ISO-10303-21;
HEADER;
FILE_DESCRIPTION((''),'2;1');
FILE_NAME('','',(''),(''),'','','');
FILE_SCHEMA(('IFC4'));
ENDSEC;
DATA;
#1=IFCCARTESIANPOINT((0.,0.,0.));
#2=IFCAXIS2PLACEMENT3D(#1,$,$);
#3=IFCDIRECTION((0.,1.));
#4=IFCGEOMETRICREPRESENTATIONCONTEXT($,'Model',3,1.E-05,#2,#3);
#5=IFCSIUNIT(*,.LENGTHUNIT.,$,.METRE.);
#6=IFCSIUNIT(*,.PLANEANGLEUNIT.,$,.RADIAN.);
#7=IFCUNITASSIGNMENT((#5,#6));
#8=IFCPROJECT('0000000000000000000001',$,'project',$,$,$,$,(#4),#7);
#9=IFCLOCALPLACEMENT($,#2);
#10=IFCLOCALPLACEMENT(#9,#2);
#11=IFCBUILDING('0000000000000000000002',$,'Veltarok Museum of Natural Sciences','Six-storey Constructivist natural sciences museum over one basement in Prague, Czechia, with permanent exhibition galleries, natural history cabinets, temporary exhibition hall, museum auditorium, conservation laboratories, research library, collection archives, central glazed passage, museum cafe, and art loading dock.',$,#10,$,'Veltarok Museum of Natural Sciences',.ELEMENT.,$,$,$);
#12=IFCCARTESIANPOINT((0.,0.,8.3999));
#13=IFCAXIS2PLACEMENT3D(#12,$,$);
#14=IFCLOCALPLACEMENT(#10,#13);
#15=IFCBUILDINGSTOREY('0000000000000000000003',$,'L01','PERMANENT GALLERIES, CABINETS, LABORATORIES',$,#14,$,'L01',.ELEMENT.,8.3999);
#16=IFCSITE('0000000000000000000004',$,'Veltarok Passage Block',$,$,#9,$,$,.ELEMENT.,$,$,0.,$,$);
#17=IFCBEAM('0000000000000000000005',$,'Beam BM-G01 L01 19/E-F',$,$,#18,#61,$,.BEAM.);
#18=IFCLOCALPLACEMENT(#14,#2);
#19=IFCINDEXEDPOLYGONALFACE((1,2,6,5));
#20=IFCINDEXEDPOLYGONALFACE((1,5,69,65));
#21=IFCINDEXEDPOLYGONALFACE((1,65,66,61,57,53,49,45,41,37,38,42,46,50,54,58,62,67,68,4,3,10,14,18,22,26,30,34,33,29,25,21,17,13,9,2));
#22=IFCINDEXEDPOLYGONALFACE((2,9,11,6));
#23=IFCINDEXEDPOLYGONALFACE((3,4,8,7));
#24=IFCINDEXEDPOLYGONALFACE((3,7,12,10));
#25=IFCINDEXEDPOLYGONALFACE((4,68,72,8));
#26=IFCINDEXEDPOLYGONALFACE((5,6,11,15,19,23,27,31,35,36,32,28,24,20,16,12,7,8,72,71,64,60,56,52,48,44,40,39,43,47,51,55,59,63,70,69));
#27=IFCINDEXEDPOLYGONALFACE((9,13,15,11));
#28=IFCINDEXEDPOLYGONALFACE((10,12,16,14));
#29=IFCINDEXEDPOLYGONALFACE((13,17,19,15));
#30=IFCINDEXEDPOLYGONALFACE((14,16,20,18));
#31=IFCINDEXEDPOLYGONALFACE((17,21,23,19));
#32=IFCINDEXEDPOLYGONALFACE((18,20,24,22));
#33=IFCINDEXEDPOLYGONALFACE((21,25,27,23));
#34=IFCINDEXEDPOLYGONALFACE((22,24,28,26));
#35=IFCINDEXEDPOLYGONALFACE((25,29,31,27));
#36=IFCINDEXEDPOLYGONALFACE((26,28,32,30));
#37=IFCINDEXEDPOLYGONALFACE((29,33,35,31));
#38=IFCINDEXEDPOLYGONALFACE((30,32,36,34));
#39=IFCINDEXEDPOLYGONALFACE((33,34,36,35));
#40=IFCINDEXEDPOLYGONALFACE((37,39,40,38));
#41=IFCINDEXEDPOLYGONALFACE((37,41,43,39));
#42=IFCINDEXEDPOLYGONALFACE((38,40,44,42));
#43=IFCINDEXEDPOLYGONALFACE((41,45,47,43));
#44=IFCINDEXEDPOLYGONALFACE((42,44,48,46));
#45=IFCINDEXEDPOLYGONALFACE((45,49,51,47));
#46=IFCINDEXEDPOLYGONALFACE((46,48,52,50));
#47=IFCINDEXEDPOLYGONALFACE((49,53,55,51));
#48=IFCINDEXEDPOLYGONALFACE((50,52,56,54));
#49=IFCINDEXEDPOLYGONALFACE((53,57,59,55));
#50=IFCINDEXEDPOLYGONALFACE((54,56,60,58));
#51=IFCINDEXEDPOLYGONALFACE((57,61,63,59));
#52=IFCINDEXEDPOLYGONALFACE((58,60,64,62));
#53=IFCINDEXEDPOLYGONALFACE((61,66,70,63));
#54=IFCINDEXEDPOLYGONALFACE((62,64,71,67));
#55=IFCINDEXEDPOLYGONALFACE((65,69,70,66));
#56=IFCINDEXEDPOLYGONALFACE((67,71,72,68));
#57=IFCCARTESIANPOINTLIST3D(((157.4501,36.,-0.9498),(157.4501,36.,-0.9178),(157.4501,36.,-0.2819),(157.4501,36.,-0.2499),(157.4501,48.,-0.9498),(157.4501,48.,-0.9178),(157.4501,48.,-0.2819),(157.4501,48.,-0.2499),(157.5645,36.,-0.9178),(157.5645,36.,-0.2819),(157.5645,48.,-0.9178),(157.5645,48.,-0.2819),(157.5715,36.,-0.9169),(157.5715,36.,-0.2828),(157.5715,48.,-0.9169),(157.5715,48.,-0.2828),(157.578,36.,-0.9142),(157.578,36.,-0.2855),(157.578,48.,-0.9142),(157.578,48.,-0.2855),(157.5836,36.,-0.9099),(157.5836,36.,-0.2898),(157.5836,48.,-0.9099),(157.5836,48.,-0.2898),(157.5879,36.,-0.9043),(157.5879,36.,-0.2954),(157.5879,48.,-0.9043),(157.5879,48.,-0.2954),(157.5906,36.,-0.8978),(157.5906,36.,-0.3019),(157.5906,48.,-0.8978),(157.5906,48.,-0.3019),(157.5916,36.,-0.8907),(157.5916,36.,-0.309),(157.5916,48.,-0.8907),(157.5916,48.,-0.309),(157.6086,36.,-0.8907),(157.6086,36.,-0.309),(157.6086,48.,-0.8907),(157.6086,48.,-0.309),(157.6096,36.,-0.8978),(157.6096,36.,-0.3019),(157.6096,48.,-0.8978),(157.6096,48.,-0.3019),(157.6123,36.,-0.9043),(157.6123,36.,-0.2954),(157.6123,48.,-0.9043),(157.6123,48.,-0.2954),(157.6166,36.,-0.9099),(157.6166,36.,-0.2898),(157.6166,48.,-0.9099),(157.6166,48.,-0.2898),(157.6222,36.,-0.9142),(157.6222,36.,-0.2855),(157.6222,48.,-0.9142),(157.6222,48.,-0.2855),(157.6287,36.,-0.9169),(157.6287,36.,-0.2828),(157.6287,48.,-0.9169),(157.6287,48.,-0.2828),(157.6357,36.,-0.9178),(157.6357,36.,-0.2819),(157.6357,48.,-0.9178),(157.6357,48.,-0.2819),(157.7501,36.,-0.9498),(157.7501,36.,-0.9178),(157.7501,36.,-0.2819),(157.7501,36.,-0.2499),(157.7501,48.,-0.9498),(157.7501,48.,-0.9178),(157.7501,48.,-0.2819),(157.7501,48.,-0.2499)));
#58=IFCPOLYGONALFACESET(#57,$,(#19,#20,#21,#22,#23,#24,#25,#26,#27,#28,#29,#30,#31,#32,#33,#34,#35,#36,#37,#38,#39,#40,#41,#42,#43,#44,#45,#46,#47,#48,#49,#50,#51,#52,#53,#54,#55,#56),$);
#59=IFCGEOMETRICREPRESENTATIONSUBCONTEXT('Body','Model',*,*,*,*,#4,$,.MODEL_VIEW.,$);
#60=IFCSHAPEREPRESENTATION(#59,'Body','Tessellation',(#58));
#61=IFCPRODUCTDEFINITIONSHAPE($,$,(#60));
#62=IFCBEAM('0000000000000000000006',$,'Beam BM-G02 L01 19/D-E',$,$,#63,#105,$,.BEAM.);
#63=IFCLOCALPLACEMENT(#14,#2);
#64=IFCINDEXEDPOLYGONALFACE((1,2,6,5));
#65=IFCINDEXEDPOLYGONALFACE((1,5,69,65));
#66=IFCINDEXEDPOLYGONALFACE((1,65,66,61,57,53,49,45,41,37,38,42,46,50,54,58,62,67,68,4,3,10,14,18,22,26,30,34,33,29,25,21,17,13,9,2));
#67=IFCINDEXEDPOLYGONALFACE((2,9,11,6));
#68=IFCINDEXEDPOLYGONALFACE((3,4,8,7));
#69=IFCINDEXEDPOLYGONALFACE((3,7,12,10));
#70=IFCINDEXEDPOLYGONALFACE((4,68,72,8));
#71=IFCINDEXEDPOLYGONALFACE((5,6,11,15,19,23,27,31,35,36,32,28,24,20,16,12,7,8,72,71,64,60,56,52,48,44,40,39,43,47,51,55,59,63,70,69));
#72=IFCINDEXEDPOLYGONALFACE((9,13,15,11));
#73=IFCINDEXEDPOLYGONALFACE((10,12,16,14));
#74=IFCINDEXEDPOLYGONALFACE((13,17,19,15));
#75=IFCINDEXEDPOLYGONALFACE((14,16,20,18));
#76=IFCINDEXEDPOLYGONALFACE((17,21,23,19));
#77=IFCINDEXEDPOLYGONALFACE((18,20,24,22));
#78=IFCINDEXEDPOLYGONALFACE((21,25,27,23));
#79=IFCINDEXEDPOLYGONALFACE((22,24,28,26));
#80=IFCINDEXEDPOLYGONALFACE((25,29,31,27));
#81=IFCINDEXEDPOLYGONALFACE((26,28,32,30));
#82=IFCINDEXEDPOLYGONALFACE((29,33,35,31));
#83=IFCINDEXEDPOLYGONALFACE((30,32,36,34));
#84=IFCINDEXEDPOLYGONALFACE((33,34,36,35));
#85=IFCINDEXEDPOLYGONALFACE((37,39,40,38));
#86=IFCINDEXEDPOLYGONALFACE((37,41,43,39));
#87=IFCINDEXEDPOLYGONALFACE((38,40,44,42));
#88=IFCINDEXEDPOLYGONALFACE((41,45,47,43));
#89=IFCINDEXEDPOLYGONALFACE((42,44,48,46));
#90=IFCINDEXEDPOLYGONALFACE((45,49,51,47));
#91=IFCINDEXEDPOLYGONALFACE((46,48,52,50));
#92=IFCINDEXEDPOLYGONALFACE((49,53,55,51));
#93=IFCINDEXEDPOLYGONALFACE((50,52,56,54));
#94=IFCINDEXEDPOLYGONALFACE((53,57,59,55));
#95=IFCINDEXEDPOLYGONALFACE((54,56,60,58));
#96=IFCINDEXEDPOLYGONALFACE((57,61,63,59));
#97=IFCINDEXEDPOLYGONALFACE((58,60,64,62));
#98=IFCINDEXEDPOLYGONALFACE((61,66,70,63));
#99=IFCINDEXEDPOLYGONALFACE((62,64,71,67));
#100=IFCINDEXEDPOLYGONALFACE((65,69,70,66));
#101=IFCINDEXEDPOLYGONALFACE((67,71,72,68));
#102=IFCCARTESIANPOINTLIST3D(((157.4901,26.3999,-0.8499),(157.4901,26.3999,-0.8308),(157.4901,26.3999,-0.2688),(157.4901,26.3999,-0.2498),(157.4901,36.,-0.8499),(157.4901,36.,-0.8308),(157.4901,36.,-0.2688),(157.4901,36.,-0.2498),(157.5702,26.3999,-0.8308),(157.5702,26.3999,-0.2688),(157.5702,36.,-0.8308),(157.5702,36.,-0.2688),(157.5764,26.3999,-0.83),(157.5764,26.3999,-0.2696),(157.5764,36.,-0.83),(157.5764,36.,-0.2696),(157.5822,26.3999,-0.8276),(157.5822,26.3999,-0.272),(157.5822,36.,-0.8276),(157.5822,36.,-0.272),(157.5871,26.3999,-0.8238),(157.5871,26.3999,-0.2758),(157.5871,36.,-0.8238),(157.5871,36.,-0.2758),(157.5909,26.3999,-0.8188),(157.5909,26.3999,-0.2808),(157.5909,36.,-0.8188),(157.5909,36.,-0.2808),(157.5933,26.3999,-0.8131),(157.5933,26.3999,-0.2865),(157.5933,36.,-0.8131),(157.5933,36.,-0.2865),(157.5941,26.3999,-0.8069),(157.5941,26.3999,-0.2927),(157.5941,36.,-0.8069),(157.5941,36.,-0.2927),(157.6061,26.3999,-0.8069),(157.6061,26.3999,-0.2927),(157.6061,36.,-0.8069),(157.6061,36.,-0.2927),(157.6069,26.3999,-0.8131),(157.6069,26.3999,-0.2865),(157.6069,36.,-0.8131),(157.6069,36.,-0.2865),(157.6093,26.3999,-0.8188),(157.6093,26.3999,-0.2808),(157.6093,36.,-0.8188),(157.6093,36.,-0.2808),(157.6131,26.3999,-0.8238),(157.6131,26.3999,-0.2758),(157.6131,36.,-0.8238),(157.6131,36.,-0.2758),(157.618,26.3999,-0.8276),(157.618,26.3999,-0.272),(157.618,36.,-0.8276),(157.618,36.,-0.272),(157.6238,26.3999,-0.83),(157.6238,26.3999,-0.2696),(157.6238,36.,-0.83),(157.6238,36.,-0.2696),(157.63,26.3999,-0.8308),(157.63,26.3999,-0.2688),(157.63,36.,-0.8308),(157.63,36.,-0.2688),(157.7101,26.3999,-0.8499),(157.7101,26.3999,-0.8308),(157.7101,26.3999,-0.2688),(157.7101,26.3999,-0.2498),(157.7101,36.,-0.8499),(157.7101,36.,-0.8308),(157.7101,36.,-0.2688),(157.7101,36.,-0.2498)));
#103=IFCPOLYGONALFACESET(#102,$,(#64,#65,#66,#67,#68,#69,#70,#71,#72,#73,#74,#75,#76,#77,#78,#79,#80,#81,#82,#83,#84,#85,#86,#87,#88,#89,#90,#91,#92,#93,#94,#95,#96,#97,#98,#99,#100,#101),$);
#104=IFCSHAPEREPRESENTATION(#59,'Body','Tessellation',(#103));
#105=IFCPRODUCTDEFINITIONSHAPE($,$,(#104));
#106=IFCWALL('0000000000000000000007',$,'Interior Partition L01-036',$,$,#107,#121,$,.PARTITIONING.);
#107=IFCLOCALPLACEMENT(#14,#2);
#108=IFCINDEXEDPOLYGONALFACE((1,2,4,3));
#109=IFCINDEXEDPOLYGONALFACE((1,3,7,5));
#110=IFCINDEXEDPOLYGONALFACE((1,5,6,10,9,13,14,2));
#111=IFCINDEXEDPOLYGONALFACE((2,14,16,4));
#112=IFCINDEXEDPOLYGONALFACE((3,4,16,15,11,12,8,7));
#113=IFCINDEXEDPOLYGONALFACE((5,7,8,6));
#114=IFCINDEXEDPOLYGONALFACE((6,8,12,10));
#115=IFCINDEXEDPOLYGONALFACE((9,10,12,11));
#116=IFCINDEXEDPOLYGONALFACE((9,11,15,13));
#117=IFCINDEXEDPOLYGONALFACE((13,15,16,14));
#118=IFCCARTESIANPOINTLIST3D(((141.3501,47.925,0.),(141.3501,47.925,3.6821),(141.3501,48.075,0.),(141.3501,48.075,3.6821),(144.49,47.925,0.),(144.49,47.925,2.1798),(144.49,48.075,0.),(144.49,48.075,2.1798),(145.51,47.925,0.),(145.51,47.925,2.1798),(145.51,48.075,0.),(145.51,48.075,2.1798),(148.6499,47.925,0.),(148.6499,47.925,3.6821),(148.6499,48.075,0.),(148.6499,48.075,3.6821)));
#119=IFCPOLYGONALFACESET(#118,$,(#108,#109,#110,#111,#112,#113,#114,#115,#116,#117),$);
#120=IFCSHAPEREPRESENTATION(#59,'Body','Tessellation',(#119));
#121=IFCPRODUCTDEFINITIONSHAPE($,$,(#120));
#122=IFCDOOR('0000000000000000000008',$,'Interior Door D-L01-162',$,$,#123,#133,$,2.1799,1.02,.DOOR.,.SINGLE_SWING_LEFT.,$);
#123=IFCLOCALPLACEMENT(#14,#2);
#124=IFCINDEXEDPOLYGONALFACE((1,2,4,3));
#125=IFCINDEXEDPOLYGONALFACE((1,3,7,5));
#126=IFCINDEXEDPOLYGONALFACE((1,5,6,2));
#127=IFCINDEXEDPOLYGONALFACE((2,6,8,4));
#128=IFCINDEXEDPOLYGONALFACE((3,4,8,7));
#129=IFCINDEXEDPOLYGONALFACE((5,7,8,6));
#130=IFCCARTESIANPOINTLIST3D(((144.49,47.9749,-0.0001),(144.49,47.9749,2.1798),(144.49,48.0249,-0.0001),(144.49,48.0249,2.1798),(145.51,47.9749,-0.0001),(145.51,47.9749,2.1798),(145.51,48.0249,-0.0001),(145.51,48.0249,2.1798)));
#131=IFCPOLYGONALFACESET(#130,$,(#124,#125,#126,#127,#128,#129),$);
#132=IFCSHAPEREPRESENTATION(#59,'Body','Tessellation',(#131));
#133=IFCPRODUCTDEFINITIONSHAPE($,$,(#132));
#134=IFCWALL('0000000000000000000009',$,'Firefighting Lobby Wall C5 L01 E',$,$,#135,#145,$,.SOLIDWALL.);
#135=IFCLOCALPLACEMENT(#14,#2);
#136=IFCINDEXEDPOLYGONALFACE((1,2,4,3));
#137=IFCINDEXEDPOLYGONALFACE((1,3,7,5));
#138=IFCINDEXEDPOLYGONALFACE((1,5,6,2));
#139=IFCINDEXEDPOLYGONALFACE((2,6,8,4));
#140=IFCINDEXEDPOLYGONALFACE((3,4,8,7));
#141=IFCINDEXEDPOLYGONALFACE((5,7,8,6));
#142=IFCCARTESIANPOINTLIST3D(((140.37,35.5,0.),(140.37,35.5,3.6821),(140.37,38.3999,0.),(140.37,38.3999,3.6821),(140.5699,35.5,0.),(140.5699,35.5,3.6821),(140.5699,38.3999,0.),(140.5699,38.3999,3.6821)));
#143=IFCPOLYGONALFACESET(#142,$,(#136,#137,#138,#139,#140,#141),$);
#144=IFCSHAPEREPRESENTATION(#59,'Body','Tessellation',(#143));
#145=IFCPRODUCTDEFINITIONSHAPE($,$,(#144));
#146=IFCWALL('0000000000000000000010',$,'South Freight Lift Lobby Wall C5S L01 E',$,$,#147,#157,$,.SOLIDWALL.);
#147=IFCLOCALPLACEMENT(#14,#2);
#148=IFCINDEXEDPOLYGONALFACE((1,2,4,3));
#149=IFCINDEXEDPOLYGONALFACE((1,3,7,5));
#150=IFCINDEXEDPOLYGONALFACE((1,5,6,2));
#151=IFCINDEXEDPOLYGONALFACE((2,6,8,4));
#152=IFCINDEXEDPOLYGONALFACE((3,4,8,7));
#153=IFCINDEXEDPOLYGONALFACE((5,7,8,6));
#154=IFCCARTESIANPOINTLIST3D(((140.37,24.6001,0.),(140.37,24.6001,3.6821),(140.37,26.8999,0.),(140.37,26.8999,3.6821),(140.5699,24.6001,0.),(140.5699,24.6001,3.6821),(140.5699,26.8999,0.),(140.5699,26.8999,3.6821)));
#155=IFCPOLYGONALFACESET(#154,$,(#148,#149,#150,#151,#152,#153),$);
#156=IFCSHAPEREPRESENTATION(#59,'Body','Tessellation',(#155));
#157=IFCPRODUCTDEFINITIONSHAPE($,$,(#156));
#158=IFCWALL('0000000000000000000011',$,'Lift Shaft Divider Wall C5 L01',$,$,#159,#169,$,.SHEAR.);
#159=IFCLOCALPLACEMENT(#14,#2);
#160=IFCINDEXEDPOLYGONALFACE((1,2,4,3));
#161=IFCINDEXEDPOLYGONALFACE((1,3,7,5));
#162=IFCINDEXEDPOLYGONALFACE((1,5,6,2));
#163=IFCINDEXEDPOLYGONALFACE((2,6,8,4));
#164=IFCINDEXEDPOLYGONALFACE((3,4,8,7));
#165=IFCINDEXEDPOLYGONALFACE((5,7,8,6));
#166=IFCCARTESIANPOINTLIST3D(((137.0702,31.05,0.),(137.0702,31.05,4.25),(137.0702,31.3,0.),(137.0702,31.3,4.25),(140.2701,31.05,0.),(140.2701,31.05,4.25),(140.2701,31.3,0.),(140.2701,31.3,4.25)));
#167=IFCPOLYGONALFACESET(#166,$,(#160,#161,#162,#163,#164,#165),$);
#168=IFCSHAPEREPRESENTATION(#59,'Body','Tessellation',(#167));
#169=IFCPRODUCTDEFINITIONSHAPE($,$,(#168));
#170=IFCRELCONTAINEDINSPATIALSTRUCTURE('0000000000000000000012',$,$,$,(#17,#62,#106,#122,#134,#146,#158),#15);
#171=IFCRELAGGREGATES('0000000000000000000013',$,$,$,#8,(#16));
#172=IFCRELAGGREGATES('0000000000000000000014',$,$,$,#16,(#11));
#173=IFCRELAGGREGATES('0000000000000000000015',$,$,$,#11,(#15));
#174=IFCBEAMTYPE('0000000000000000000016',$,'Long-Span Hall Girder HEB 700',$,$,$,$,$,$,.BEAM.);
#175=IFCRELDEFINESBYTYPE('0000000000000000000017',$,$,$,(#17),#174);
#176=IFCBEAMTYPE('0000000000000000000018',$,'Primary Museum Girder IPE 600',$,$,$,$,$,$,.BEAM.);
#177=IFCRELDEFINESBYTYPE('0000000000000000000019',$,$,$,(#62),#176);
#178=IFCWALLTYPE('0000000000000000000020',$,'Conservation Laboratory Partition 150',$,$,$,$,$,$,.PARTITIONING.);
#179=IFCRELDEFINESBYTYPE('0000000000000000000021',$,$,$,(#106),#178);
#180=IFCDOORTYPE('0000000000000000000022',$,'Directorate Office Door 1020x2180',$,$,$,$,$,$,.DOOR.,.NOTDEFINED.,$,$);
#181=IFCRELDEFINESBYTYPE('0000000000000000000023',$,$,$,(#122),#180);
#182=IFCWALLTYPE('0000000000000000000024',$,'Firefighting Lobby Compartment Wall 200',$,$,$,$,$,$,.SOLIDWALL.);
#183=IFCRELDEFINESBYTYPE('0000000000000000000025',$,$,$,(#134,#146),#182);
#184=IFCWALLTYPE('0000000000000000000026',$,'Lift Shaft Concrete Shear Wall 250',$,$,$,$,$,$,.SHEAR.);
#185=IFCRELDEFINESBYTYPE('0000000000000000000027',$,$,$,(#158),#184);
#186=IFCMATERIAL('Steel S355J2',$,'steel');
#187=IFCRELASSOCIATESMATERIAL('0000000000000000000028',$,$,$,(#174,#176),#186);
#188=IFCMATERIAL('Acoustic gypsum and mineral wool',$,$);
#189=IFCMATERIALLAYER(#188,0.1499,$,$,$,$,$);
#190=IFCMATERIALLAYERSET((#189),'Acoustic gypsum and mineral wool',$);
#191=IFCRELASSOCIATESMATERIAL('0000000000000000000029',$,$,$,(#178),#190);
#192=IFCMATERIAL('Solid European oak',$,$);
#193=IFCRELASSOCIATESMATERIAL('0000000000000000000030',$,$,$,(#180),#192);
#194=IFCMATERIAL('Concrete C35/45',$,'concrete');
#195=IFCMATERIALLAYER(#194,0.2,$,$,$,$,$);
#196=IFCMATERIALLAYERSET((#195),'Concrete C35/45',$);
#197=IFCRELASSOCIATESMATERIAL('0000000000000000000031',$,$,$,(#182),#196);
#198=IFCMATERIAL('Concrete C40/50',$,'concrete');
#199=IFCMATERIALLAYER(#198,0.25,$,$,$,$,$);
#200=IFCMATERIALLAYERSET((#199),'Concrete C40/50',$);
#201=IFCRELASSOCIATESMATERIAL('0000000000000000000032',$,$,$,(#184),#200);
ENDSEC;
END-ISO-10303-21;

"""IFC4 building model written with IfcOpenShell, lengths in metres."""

from ifc_helpers import new_model, si_unit, direction, frame, frame_2d, origin, origin_2d, place, context, subcontext, project, spatial, rectangle, i_section, extrude, material, layer, layer_set, material_profile, profile_set, type_object, element, fill, save


model = new_model("IFC4")

# Units and contexts
model_context = context("Model", 3, precision=1e-05, world=origin(), true_north=direction((0.0, 1.0)))
body_context = subcontext(model_context, "Body", "Model", "MODEL_VIEW")
ifc_project = project(units=[si_unit("LENGTHUNIT", "METRE"), si_unit("PLANEANGLEUNIT", "RADIAN")], contexts=[model_context])

# Site, building, storey
site_placement = place(None, origin())
site = spatial("IfcSite", under=ifc_project, at=site_placement, Name="Veltarok Passage Block", CompositionType="ELEMENT", RefElevation=0.0)
building_placement = place(site_placement, origin())
building = spatial("IfcBuilding", under=site, at=building_placement, Name="Veltarok Museum of Natural Sciences", Description="Six-storey Constructivist natural sciences museum over one basement in Prague, Czechia, with permanent exhibition galleries, natural history cabinets, temporary exhibition hall, museum auditorium, conservation laboratories, research library, collection archives, central glazed passage, museum cafe, and art loading dock.", LongName="Veltarok Museum of Natural Sciences", CompositionType="ELEMENT")
storey_placement = place(building_placement, frame((0.0, 0.0, 8.3999)))
storey = spatial("IfcBuildingStorey", under=building, at=storey_placement, Name="L01", Description="PERMANENT GALLERIES, CABINETS, LABORATORIES", LongName="L01", CompositionType="ELEMENT", Elevation=8.3999)

# Shared definitions
ifc_material_1 = material(Name="Concrete C40/50", Category="concrete")

# Beams
ifc_material_2 = material(Name="Steel S355J2", Category="steel")
ifc_material_profile_1 = material_profile(ifc_material_2, i_section(OverallWidth=0.3, OverallDepth=0.7, WebThickness=0.0171, FlangeThickness=0.032, FilletRadius=0.0271, at=origin_2d()), Name="HEB 700")
ifc_profile_set_1 = profile_set([ifc_material_profile_1], Name="Steel S355J2")
beam_type_1 = type_object("IfcBeamType", Name="Long-Span Hall Girder HEB 700", PredefinedType="BEAM", material=ifc_profile_set_1)
for number, where, z_axis, x_axis, name in (
    (1, (157.6001, 36.0, -0.5999), (0.0, 1.0, 0.0), (-1.0, 0.0, 0.0), "Beam BM-G01 L01 19/E-F"),
):
    element("IfcBeam", number, at=place(storey_placement, frame(where, z_axis=z_axis, x_axis=x_axis)), inside=storey, type_object=beam_type_1, Name=name, PredefinedType="BEAM", context=body_context, shape_type="SweptSolid", body=[
        extrude(i_section(OverallWidth=0.3, OverallDepth=0.7, WebThickness=0.0171, FlangeThickness=0.032, FilletRadius=0.0271, at=origin_2d()), origin(), (0.0, 0.0, 1.0), 12.0),
    ])
ifc_material_profile_2 = material_profile(ifc_material_2, i_section(OverallWidth=0.22, OverallDepth=0.6001, WebThickness=0.012, FlangeThickness=0.019, FilletRadius=0.0239, at=origin_2d()), Name="IPE 600")
ifc_profile_set_2 = profile_set([ifc_material_profile_2], Name="Steel S355J2")
beam_type_2 = type_object("IfcBeamType", Name="Primary Museum Girder IPE 600", PredefinedType="BEAM", material=ifc_profile_set_2)
beam_1_placement = place(storey_placement, frame((157.6001, 26.3999, -0.5498), z_axis=(0.0, 1.0, 0.0), x_axis=(-1.0, 0.0, 0.0)))
element("IfcBeam", 2, at=beam_1_placement, inside=storey, type_object=beam_type_2, Name="Beam BM-G02 L01 19/D-E", PredefinedType="BEAM", context=body_context, shape_type="SweptSolid", body=[
    extrude(i_section(OverallWidth=0.22, OverallDepth=0.6001, WebThickness=0.012, FlangeThickness=0.019, FilletRadius=0.0239, at=origin_2d()), origin(), (0.0, 0.0, 1.0), 9.6001),
])

# Wall, opening, door
ifc_material_3 = material(Name="Acoustic gypsum and mineral wool")
ifc_layer_1 = layer(ifc_material_3, 0.1499)
ifc_layer_set_1 = layer_set([ifc_layer_1], Name="Acoustic gypsum and mineral wool")
wall_type_1 = type_object("IfcWallType", Name="Conservation Laboratory Partition 150", PredefinedType="PARTITIONING", material=ifc_layer_set_1)
wall_1_placement = place(storey_placement, frame((141.3501, 48.0, 0.0), z_axis=(0.0, 0.0, 1.0), x_axis=(1.0, 0.0, 0.0)))
wall_1 = element("IfcWall", 3, at=wall_1_placement, inside=storey, type_object=wall_type_1, Name="Interior Partition L01-036", PredefinedType="PARTITIONING", context=body_context, shape_type="SweptSolid", body=[
    extrude(rectangle(XDim=7.2998, YDim=0.1499, at=frame_2d((3.6499, 0.0))), origin(), (0.0, 0.0, 1.0), 3.6821),
])
opening_1_placement = place(wall_1_placement, frame((3.1399, 0.0, 0.0)))
opening_1 = element("IfcOpeningElement", 4, at=opening_1_placement, cuts=wall_1, PredefinedType="OPENING", context=body_context, shape_type="SweptSolid", body=[
    extrude(rectangle(XDim=1.02, YDim=2.1799, at=frame_2d((0.51, 1.0898))), frame((0.0, 0.085, 0.0), z_axis=(0.0, -1.0, 0.0), x_axis=(1.0, 0.0, 0.0)), (0.0, 0.0, 1.0), 0.1699),
])
ifc_material_4 = material(Name="Solid European oak")
door_type_1 = type_object("IfcDoorType", Name="Directorate Office Door 1020x2180", OperationType="NOTDEFINED", PredefinedType="DOOR", material=ifc_material_4)
door_1_placement = place(opening_1_placement, origin())
door_1 = element("IfcDoor", 5, at=door_1_placement, inside=storey, type_object=door_type_1, Name="Interior Door D-L01-162", OperationType="SINGLE_SWING_LEFT", OverallHeight=2.1799, OverallWidth=1.02, PredefinedType="DOOR", context=body_context, shape_type="SweptSolid", body=[
    extrude(rectangle(XDim=1.02, YDim=2.1799, at=frame_2d((0.51, 1.0898))), frame((0.0, 0.0249, 0.0), z_axis=(0.0, -1.0, 0.0), x_axis=(1.0, 0.0, 0.0)), (0.0, 0.0, 1.0), 0.05),
])
fill(opening_1, door_1)

# Walls
ifc_material_5 = material(Name="Concrete C35/45", Category="concrete")
ifc_layer_2 = layer(ifc_material_5, 0.2)
ifc_layer_set_2 = layer_set([ifc_layer_2], Name="Concrete C35/45")
wall_type_2 = type_object("IfcWallType", Name="Firefighting Lobby Compartment Wall 200", PredefinedType="SOLIDWALL", material=ifc_layer_set_2)
wall_2_placement = place(storey_placement, frame((140.47, 38.3999, 0.0), z_axis=(0.0, 0.0, 1.0), x_axis=(0.0, -1.0, 0.0)))
element("IfcWall", 6, at=wall_2_placement, inside=storey, type_object=wall_type_2, Name="Firefighting Lobby Wall C5 L01 E", PredefinedType="SOLIDWALL", context=body_context, shape_type="SweptSolid", body=[
    extrude(rectangle(XDim=2.8999, YDim=0.2, at=frame_2d((1.45, 0.0))), origin(), (0.0, 0.0, 1.0), 3.6821),
])
wall_3_placement = place(storey_placement, frame((140.47, 26.8999, 0.0), z_axis=(0.0, 0.0, 1.0), x_axis=(0.0, -1.0, 0.0)))
element("IfcWall", 7, at=wall_3_placement, inside=storey, type_object=wall_type_2, Name="South Freight Lift Lobby Wall C5S L01 E", PredefinedType="SOLIDWALL", context=body_context, shape_type="SweptSolid", body=[
    extrude(rectangle(XDim=2.2998, YDim=0.2, at=frame_2d((1.1499, 0.0))), origin(), (0.0, 0.0, 1.0), 3.6821),
])
ifc_layer_3 = layer(ifc_material_1, 0.25)
ifc_layer_set_3 = layer_set([ifc_layer_3], Name="Concrete C40/50")
wall_type_3 = type_object("IfcWallType", Name="Lift Shaft Concrete Shear Wall 250", PredefinedType="SHEAR", material=ifc_layer_set_3)
wall_4_placement = place(storey_placement, frame((137.0701, 31.175, 0.0), z_axis=(0.0, 0.0, 1.0), x_axis=(1.0, 0.0, 0.0)))
element("IfcWall", 8, at=wall_4_placement, inside=storey, type_object=wall_type_3, Name="Lift Shaft Divider Wall C5 L01", PredefinedType="SHEAR", context=body_context, shape_type="SweptSolid", body=[
    extrude(rectangle(XDim=3.2, YDim=0.25, at=frame_2d((1.6001, 0.0))), origin(), (0.0, 0.0, 1.0), 4.25),
])

save(model, "model.ifc")
